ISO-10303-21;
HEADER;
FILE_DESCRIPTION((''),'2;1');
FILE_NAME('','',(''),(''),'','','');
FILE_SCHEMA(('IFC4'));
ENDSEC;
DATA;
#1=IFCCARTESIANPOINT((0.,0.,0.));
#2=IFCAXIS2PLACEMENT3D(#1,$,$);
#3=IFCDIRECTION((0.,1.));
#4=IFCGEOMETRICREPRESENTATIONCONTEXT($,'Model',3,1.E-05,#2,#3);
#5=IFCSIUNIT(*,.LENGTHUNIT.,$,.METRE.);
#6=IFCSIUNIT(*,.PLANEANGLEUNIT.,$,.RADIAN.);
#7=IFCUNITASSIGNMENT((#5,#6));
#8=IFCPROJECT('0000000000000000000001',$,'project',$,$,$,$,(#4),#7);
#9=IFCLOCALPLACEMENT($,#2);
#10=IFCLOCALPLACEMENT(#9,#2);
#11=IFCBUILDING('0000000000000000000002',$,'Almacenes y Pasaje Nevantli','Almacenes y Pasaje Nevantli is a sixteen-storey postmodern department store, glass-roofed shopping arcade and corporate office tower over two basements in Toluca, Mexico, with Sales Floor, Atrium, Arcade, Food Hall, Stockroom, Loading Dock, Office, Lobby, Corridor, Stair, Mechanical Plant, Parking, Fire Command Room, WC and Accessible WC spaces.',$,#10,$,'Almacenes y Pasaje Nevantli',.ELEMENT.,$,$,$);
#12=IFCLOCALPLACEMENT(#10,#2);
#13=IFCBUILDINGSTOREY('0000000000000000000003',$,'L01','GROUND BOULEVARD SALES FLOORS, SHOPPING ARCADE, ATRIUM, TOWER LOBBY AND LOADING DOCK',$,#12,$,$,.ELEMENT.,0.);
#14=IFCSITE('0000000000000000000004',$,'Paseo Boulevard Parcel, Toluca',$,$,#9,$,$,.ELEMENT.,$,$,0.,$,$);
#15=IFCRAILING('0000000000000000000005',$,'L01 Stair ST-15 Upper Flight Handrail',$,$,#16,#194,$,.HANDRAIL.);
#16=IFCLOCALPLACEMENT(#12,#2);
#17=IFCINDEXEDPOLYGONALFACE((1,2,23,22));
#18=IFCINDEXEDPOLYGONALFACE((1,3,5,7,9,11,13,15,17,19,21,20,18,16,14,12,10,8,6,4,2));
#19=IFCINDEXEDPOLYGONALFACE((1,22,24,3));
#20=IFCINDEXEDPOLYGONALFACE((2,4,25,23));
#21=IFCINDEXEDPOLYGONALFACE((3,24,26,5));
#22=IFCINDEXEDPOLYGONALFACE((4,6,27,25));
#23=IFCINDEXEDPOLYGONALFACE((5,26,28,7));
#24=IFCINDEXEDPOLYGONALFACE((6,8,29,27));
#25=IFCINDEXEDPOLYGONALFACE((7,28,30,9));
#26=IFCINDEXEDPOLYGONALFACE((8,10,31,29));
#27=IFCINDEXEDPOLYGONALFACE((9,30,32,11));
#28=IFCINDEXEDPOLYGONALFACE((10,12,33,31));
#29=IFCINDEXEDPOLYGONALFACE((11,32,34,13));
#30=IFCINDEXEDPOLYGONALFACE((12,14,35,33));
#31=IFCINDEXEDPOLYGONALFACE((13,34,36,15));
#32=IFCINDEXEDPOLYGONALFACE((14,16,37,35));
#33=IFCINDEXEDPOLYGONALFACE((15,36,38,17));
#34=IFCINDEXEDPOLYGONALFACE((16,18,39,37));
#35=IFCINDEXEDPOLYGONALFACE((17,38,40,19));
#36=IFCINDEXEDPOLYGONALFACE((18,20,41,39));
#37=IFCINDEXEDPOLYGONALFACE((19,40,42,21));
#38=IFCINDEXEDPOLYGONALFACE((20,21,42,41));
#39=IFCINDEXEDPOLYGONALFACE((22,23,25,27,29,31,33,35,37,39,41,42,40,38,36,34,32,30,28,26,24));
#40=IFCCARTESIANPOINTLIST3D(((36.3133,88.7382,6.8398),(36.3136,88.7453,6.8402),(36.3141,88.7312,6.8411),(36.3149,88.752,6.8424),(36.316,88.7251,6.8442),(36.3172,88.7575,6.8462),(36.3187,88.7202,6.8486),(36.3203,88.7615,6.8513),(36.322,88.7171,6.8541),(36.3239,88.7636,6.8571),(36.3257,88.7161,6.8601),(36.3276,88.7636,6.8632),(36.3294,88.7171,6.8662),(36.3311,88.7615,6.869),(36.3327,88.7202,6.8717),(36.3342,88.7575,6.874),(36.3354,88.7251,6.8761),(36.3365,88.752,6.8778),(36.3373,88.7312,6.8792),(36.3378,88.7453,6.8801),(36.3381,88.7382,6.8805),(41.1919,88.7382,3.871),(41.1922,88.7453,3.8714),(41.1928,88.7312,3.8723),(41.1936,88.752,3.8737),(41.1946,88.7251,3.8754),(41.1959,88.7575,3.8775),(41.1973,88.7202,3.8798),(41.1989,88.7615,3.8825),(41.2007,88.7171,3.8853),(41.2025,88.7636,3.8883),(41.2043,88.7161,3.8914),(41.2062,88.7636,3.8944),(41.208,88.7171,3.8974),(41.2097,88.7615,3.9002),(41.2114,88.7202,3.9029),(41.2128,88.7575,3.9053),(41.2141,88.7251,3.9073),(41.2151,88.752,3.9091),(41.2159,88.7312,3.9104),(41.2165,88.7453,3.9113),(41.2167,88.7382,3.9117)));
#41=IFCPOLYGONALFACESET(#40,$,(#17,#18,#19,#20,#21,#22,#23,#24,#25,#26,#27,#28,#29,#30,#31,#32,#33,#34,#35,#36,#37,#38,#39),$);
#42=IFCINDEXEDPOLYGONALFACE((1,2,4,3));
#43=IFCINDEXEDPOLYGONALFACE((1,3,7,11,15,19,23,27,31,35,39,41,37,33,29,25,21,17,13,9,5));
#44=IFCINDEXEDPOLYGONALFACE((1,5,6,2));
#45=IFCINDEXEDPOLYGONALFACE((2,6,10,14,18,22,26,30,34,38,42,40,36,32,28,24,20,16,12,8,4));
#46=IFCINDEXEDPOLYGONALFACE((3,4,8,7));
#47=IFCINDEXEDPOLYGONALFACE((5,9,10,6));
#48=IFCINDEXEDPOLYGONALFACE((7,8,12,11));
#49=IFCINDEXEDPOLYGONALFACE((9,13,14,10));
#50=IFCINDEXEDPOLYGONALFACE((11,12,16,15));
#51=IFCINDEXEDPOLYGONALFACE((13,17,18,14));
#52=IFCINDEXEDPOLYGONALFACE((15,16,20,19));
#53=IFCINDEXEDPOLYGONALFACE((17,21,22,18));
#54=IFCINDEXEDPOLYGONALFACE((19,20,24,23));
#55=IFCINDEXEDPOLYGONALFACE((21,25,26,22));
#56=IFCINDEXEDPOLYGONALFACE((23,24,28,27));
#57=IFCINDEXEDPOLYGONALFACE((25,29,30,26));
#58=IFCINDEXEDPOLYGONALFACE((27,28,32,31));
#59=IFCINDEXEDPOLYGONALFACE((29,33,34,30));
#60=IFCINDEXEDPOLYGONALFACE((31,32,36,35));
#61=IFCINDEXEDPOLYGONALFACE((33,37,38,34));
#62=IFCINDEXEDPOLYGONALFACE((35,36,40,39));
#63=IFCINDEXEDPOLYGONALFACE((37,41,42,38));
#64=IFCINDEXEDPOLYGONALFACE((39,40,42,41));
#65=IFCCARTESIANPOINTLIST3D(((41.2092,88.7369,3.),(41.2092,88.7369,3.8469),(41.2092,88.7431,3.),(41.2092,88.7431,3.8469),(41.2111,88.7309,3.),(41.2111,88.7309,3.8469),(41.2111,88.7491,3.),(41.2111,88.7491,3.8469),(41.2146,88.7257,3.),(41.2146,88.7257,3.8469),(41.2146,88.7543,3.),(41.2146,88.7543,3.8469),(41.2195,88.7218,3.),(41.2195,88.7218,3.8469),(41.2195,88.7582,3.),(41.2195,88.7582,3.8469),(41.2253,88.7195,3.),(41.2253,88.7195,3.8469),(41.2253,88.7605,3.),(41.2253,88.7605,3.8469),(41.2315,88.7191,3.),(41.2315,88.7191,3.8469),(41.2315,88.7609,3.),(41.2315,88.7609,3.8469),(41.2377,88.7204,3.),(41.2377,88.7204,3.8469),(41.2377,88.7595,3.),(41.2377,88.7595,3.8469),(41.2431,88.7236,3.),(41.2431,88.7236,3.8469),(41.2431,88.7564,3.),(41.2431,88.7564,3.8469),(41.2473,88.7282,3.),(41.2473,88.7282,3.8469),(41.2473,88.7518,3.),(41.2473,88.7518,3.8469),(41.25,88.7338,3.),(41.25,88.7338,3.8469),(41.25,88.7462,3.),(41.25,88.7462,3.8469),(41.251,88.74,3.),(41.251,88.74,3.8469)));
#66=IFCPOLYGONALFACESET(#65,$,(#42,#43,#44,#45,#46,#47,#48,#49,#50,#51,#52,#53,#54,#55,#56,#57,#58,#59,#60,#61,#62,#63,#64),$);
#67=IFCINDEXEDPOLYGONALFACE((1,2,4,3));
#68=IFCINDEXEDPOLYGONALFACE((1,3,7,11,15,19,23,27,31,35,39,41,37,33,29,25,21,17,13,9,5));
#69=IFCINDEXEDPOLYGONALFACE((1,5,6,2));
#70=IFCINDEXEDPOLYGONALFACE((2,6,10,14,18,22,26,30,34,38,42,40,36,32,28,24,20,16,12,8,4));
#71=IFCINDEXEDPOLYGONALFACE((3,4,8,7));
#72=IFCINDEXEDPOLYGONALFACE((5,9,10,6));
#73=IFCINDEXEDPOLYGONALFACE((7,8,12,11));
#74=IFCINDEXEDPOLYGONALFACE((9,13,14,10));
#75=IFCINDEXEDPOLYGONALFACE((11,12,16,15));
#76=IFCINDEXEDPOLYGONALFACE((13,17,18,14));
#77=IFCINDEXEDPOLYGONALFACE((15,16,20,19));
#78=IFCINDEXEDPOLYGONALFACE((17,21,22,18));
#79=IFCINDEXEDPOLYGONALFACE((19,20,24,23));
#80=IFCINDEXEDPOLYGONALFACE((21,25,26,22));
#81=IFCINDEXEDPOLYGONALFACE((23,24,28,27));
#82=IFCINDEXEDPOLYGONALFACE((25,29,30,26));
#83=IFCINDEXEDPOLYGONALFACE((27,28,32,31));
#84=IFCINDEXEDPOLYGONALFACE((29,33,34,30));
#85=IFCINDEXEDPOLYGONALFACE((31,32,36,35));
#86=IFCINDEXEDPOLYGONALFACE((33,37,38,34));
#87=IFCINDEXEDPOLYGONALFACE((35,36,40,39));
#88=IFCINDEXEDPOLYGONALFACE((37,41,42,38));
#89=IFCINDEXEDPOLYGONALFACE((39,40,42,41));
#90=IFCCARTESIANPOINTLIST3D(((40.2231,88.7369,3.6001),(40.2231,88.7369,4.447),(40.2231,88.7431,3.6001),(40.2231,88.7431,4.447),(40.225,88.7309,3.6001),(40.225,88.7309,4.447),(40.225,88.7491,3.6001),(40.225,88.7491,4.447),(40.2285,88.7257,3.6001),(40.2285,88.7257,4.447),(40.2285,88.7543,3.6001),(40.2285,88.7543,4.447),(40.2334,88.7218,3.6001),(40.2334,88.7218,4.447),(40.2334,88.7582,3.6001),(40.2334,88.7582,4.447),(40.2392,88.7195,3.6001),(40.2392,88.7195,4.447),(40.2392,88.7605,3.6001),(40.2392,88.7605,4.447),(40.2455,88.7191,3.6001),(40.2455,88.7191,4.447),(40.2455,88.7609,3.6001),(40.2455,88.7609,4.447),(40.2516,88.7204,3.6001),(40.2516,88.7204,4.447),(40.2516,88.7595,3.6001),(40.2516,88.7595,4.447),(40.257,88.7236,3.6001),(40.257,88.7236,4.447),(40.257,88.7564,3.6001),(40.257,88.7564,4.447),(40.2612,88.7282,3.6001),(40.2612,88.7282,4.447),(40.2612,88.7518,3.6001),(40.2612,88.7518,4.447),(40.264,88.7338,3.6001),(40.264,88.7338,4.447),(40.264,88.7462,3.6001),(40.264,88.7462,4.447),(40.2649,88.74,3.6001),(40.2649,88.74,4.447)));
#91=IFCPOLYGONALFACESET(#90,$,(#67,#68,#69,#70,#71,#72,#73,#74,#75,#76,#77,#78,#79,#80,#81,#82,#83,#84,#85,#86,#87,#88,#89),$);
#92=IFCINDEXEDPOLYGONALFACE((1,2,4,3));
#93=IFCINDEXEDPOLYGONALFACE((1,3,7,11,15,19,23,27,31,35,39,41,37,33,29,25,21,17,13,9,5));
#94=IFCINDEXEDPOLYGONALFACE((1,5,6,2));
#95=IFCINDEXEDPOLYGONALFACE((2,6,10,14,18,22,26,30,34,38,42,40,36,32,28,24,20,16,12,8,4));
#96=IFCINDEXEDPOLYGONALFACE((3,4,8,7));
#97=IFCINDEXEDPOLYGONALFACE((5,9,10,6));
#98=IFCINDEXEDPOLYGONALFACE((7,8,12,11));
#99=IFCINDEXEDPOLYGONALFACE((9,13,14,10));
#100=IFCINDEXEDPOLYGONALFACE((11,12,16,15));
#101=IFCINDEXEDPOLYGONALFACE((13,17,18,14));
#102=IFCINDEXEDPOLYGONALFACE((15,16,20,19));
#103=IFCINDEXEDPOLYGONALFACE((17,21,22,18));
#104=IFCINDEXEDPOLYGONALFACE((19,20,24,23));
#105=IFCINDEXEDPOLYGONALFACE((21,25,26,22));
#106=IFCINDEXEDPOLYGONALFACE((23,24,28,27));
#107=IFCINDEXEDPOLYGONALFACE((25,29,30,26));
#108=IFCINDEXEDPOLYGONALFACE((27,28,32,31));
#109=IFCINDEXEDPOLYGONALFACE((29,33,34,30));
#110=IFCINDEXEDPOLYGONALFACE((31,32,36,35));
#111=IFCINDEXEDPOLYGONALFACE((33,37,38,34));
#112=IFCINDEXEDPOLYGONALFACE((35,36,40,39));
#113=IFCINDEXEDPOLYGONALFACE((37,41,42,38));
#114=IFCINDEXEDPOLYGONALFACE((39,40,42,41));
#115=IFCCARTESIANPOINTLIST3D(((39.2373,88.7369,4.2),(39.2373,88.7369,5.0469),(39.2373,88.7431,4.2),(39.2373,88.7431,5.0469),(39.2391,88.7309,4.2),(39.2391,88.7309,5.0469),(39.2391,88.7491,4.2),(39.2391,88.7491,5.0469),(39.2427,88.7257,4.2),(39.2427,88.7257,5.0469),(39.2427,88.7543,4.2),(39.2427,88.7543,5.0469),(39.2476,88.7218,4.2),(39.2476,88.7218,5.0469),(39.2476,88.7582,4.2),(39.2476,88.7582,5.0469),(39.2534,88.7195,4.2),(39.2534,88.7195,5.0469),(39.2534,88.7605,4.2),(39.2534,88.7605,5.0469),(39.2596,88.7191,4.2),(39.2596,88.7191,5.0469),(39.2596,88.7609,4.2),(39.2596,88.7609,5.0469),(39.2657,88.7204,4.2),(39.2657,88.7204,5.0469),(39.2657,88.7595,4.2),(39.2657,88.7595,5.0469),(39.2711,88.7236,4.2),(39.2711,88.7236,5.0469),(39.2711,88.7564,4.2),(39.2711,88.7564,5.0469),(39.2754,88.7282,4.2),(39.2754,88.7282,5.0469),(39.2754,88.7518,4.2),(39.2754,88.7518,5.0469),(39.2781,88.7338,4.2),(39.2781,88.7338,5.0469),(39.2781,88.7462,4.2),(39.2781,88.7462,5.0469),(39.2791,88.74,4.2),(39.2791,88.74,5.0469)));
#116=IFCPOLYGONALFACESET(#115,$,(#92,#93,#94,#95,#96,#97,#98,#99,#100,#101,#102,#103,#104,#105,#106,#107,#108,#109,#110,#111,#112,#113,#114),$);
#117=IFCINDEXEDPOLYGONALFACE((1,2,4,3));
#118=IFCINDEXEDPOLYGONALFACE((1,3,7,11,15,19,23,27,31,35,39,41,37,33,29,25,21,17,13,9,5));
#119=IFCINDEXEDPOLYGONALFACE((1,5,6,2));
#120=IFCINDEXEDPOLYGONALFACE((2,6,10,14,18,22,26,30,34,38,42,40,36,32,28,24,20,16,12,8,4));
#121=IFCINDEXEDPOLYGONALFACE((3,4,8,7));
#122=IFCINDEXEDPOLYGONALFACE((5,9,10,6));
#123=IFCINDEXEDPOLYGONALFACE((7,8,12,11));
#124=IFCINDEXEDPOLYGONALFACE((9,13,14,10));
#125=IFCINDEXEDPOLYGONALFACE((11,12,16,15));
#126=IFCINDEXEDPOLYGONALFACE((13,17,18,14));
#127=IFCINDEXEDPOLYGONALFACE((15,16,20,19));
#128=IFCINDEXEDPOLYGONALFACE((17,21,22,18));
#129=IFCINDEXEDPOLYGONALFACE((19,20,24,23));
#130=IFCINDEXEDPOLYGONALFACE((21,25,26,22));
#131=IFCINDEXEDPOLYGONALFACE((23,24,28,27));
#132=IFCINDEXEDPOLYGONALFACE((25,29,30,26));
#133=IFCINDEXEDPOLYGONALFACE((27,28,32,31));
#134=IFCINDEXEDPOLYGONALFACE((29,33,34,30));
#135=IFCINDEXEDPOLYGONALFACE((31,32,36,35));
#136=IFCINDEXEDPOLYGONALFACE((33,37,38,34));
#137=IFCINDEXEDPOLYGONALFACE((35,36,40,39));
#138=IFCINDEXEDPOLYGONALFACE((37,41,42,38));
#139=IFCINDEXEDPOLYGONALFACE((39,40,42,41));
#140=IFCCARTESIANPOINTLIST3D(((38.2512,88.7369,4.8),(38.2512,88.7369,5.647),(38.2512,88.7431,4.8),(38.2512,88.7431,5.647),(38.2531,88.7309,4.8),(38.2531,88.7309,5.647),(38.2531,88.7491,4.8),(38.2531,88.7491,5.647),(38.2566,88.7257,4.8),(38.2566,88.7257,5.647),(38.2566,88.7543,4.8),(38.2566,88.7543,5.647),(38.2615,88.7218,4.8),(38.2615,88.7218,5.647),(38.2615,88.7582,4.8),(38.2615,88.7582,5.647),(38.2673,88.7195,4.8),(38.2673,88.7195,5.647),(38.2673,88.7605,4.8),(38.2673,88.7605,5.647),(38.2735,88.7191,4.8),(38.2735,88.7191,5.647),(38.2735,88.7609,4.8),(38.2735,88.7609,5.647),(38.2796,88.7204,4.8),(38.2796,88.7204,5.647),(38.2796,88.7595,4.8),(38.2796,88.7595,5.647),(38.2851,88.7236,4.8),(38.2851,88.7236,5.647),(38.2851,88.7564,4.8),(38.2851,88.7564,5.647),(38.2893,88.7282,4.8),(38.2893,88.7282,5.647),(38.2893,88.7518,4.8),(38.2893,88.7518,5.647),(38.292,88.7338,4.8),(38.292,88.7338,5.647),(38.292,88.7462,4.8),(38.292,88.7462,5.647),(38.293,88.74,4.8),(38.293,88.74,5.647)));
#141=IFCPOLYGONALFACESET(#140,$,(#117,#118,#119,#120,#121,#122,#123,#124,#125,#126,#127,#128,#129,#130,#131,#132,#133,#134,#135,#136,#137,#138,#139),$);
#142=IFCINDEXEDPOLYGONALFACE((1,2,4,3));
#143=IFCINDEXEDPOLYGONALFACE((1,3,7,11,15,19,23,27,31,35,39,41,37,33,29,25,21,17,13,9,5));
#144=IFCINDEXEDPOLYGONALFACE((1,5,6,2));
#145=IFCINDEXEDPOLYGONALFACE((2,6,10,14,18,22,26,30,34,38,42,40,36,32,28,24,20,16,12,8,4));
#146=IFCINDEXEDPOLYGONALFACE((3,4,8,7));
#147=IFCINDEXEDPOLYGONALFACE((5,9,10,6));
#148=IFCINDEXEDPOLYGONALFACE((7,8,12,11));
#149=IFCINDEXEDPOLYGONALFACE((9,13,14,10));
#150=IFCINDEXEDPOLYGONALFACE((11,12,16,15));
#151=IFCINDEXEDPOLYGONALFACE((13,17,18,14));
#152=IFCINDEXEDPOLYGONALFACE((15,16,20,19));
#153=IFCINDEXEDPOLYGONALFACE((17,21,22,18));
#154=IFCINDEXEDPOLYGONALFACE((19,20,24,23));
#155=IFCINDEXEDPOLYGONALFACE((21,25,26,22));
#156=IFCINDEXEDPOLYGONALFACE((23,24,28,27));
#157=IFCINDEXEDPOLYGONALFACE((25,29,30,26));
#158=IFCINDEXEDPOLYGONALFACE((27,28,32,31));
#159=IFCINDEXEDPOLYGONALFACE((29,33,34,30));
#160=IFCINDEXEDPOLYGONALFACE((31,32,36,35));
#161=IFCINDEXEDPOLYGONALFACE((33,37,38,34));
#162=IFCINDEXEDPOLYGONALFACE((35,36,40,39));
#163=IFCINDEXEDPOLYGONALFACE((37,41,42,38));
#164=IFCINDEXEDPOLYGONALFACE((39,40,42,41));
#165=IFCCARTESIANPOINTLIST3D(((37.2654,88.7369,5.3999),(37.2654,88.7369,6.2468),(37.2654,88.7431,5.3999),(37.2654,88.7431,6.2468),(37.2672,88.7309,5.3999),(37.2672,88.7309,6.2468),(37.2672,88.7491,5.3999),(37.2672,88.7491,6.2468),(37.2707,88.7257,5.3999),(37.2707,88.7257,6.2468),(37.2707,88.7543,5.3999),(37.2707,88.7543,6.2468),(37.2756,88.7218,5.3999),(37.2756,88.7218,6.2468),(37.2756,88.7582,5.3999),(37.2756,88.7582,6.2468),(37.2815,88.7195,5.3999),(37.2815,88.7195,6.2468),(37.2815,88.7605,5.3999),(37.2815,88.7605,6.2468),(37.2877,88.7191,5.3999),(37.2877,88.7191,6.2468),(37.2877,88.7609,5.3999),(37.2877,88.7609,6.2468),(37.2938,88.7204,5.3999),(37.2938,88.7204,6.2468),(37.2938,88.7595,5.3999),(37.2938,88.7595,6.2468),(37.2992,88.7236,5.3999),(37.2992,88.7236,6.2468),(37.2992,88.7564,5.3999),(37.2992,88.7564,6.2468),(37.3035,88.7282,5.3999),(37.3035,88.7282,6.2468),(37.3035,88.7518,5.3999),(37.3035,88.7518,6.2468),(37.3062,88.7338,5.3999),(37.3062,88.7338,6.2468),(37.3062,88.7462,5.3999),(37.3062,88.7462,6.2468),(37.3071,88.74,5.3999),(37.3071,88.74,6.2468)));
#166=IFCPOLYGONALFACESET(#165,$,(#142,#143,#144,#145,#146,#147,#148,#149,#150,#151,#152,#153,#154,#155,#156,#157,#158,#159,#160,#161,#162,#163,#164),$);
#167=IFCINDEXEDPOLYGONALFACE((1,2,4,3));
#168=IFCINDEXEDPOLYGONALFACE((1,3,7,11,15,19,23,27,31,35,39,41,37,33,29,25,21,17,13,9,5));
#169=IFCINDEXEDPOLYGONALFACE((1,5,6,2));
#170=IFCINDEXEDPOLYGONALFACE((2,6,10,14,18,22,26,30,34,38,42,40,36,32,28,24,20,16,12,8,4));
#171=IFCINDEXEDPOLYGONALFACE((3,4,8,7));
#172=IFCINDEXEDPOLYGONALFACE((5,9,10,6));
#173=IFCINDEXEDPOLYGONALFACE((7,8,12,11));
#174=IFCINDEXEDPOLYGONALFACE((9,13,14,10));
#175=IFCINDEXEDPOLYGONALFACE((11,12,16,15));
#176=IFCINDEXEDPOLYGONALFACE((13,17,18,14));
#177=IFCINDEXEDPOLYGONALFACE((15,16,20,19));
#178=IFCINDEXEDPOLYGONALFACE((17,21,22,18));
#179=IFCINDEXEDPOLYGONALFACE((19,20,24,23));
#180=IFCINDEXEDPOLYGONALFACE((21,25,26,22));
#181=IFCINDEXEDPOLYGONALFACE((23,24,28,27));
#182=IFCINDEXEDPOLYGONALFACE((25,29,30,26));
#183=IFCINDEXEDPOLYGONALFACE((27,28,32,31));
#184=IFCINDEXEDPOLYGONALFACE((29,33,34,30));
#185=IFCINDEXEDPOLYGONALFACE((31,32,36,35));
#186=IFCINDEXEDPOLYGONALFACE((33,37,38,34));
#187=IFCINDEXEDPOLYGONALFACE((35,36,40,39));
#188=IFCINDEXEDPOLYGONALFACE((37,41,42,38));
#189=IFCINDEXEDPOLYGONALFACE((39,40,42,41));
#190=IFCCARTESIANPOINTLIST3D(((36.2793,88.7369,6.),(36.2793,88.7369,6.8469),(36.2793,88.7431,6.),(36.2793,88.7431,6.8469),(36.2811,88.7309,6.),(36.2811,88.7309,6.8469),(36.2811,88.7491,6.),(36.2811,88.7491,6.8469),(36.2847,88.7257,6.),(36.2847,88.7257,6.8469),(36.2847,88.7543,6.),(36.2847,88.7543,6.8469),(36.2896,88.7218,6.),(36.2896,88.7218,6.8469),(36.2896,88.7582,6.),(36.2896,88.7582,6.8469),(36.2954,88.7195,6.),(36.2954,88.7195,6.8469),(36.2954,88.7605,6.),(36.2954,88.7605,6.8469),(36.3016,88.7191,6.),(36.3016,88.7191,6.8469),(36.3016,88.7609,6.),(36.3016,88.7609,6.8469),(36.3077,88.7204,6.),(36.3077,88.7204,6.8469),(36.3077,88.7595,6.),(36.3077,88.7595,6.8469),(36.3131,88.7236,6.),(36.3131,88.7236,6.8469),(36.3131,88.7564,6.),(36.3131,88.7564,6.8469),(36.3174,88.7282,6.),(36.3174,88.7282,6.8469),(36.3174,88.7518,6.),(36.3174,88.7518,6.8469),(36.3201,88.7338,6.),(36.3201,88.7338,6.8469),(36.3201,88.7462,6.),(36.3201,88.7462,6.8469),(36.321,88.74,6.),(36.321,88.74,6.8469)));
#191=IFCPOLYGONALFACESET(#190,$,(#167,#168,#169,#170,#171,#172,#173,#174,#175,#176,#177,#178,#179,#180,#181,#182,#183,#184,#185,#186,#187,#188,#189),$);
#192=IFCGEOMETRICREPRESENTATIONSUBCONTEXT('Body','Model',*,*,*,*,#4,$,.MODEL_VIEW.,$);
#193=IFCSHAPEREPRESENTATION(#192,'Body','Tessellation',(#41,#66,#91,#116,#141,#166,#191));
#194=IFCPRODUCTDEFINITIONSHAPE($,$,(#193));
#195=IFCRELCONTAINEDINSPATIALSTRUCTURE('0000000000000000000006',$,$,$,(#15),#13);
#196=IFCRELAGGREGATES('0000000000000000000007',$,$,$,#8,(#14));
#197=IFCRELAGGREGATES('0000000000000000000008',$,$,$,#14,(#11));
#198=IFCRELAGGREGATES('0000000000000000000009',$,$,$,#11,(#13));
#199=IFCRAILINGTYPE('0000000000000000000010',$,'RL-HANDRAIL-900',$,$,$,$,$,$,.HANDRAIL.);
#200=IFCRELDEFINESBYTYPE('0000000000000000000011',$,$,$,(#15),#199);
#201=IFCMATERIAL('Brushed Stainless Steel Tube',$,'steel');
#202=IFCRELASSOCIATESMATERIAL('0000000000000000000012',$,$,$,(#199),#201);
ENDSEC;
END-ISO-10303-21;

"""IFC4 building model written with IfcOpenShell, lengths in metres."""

from ifc_helpers import new_model, si_unit, direction, frame, origin, origin_2d, place, context, subcontext, project, spatial, circle, extrude, material, type_object, element, save


model = new_model("IFC4")

# Units and contexts
model_context = context("Model", 3, precision=1e-05, world=origin(), true_north=direction((0.0, 1.0)))
body_context = subcontext(model_context, "Body", "Model", "MODEL_VIEW")
ifc_project = project(units=[si_unit("LENGTHUNIT", "METRE"), si_unit("PLANEANGLEUNIT", "RADIAN")], contexts=[model_context])

# Site, building, storey
site_placement = place(None, origin())
site = spatial("IfcSite", under=ifc_project, at=site_placement, Name="Paseo Boulevard Parcel, Toluca", CompositionType="ELEMENT", RefElevation=0.0)
building_placement = place(site_placement, origin())
building = spatial("IfcBuilding", under=site, at=building_placement, Name="Almacenes y Pasaje Nevantli", Description="Almacenes y Pasaje Nevantli is a sixteen-storey postmodern department store, glass-roofed shopping arcade and corporate office tower over two basements in Toluca, Mexico, with Sales Floor, Atrium, Arcade, Food Hall, Stockroom, Loading Dock, Office, Lobby, Corridor, Stair, Mechanical Plant, Parking, Fire Command Room, WC and Accessible WC spaces.", LongName="Almacenes y Pasaje Nevantli", CompositionType="ELEMENT")
storey_placement = place(building_placement, origin())
storey = spatial("IfcBuildingStorey", under=building, at=storey_placement, Name="L01", Description="GROUND BOULEVARD SALES FLOORS, SHOPPING ARCADE, ATRIUM, TOWER LOBBY AND LOADING DOCK", CompositionType="ELEMENT", Elevation=0.0)

# Railing
ifc_material_1 = material(Name="Brushed Stainless Steel Tube", Category="steel")
railing_type_1 = type_object("IfcRailingType", Name="RL-HANDRAIL-900", PredefinedType="HANDRAIL", material=ifc_material_1)
railing_1_placement = place(storey_placement, frame((41.23, 88.74, 3.0)))
element("IfcRailing", 1, at=railing_1_placement, inside=storey, type_object=railing_type_1, Name="L01 Stair ST-15 Upper Flight Handrail", PredefinedType="HANDRAIL", context=body_context, shape_type="SweptSolid", body=[
    extrude(circle(Radius=0.0239, at=origin_2d()), frame((-0.0256, 0.0, 0.8914), z_axis=(-0.854262, 0.0, 0.519842), x_axis=(0.0, -1.0, 0.0)), (0.0, 0.0, 1.0), 5.7109),
    extrude(circle(Radius=0.021, at=origin_2d()), origin(), (0.0, 0.0, 1.0), 0.8469),
    extrude(circle(Radius=0.021, at=origin_2d()), frame((-0.9861, 0.0, 0.6001)), (0.0, 0.0, 1.0), 0.8469),
    extrude(circle(Radius=0.021, at=origin_2d()), frame((-1.9719, 0.0, 1.2)), (0.0, 0.0, 1.0), 0.8469),
    extrude(circle(Radius=0.021, at=origin_2d()), frame((-2.958, 0.0, 1.8)), (0.0, 0.0, 1.0), 0.8469),
    extrude(circle(Radius=0.021, at=origin_2d()), frame((-3.9438, 0.0, 2.3999)), (0.0, 0.0, 1.0), 0.8469),
    extrude(circle(Radius=0.021, at=origin_2d()), frame((-4.9299, 0.0, 3.0)), (0.0, 0.0, 1.0), 0.8469),
])

save(model, "model.ifc")
